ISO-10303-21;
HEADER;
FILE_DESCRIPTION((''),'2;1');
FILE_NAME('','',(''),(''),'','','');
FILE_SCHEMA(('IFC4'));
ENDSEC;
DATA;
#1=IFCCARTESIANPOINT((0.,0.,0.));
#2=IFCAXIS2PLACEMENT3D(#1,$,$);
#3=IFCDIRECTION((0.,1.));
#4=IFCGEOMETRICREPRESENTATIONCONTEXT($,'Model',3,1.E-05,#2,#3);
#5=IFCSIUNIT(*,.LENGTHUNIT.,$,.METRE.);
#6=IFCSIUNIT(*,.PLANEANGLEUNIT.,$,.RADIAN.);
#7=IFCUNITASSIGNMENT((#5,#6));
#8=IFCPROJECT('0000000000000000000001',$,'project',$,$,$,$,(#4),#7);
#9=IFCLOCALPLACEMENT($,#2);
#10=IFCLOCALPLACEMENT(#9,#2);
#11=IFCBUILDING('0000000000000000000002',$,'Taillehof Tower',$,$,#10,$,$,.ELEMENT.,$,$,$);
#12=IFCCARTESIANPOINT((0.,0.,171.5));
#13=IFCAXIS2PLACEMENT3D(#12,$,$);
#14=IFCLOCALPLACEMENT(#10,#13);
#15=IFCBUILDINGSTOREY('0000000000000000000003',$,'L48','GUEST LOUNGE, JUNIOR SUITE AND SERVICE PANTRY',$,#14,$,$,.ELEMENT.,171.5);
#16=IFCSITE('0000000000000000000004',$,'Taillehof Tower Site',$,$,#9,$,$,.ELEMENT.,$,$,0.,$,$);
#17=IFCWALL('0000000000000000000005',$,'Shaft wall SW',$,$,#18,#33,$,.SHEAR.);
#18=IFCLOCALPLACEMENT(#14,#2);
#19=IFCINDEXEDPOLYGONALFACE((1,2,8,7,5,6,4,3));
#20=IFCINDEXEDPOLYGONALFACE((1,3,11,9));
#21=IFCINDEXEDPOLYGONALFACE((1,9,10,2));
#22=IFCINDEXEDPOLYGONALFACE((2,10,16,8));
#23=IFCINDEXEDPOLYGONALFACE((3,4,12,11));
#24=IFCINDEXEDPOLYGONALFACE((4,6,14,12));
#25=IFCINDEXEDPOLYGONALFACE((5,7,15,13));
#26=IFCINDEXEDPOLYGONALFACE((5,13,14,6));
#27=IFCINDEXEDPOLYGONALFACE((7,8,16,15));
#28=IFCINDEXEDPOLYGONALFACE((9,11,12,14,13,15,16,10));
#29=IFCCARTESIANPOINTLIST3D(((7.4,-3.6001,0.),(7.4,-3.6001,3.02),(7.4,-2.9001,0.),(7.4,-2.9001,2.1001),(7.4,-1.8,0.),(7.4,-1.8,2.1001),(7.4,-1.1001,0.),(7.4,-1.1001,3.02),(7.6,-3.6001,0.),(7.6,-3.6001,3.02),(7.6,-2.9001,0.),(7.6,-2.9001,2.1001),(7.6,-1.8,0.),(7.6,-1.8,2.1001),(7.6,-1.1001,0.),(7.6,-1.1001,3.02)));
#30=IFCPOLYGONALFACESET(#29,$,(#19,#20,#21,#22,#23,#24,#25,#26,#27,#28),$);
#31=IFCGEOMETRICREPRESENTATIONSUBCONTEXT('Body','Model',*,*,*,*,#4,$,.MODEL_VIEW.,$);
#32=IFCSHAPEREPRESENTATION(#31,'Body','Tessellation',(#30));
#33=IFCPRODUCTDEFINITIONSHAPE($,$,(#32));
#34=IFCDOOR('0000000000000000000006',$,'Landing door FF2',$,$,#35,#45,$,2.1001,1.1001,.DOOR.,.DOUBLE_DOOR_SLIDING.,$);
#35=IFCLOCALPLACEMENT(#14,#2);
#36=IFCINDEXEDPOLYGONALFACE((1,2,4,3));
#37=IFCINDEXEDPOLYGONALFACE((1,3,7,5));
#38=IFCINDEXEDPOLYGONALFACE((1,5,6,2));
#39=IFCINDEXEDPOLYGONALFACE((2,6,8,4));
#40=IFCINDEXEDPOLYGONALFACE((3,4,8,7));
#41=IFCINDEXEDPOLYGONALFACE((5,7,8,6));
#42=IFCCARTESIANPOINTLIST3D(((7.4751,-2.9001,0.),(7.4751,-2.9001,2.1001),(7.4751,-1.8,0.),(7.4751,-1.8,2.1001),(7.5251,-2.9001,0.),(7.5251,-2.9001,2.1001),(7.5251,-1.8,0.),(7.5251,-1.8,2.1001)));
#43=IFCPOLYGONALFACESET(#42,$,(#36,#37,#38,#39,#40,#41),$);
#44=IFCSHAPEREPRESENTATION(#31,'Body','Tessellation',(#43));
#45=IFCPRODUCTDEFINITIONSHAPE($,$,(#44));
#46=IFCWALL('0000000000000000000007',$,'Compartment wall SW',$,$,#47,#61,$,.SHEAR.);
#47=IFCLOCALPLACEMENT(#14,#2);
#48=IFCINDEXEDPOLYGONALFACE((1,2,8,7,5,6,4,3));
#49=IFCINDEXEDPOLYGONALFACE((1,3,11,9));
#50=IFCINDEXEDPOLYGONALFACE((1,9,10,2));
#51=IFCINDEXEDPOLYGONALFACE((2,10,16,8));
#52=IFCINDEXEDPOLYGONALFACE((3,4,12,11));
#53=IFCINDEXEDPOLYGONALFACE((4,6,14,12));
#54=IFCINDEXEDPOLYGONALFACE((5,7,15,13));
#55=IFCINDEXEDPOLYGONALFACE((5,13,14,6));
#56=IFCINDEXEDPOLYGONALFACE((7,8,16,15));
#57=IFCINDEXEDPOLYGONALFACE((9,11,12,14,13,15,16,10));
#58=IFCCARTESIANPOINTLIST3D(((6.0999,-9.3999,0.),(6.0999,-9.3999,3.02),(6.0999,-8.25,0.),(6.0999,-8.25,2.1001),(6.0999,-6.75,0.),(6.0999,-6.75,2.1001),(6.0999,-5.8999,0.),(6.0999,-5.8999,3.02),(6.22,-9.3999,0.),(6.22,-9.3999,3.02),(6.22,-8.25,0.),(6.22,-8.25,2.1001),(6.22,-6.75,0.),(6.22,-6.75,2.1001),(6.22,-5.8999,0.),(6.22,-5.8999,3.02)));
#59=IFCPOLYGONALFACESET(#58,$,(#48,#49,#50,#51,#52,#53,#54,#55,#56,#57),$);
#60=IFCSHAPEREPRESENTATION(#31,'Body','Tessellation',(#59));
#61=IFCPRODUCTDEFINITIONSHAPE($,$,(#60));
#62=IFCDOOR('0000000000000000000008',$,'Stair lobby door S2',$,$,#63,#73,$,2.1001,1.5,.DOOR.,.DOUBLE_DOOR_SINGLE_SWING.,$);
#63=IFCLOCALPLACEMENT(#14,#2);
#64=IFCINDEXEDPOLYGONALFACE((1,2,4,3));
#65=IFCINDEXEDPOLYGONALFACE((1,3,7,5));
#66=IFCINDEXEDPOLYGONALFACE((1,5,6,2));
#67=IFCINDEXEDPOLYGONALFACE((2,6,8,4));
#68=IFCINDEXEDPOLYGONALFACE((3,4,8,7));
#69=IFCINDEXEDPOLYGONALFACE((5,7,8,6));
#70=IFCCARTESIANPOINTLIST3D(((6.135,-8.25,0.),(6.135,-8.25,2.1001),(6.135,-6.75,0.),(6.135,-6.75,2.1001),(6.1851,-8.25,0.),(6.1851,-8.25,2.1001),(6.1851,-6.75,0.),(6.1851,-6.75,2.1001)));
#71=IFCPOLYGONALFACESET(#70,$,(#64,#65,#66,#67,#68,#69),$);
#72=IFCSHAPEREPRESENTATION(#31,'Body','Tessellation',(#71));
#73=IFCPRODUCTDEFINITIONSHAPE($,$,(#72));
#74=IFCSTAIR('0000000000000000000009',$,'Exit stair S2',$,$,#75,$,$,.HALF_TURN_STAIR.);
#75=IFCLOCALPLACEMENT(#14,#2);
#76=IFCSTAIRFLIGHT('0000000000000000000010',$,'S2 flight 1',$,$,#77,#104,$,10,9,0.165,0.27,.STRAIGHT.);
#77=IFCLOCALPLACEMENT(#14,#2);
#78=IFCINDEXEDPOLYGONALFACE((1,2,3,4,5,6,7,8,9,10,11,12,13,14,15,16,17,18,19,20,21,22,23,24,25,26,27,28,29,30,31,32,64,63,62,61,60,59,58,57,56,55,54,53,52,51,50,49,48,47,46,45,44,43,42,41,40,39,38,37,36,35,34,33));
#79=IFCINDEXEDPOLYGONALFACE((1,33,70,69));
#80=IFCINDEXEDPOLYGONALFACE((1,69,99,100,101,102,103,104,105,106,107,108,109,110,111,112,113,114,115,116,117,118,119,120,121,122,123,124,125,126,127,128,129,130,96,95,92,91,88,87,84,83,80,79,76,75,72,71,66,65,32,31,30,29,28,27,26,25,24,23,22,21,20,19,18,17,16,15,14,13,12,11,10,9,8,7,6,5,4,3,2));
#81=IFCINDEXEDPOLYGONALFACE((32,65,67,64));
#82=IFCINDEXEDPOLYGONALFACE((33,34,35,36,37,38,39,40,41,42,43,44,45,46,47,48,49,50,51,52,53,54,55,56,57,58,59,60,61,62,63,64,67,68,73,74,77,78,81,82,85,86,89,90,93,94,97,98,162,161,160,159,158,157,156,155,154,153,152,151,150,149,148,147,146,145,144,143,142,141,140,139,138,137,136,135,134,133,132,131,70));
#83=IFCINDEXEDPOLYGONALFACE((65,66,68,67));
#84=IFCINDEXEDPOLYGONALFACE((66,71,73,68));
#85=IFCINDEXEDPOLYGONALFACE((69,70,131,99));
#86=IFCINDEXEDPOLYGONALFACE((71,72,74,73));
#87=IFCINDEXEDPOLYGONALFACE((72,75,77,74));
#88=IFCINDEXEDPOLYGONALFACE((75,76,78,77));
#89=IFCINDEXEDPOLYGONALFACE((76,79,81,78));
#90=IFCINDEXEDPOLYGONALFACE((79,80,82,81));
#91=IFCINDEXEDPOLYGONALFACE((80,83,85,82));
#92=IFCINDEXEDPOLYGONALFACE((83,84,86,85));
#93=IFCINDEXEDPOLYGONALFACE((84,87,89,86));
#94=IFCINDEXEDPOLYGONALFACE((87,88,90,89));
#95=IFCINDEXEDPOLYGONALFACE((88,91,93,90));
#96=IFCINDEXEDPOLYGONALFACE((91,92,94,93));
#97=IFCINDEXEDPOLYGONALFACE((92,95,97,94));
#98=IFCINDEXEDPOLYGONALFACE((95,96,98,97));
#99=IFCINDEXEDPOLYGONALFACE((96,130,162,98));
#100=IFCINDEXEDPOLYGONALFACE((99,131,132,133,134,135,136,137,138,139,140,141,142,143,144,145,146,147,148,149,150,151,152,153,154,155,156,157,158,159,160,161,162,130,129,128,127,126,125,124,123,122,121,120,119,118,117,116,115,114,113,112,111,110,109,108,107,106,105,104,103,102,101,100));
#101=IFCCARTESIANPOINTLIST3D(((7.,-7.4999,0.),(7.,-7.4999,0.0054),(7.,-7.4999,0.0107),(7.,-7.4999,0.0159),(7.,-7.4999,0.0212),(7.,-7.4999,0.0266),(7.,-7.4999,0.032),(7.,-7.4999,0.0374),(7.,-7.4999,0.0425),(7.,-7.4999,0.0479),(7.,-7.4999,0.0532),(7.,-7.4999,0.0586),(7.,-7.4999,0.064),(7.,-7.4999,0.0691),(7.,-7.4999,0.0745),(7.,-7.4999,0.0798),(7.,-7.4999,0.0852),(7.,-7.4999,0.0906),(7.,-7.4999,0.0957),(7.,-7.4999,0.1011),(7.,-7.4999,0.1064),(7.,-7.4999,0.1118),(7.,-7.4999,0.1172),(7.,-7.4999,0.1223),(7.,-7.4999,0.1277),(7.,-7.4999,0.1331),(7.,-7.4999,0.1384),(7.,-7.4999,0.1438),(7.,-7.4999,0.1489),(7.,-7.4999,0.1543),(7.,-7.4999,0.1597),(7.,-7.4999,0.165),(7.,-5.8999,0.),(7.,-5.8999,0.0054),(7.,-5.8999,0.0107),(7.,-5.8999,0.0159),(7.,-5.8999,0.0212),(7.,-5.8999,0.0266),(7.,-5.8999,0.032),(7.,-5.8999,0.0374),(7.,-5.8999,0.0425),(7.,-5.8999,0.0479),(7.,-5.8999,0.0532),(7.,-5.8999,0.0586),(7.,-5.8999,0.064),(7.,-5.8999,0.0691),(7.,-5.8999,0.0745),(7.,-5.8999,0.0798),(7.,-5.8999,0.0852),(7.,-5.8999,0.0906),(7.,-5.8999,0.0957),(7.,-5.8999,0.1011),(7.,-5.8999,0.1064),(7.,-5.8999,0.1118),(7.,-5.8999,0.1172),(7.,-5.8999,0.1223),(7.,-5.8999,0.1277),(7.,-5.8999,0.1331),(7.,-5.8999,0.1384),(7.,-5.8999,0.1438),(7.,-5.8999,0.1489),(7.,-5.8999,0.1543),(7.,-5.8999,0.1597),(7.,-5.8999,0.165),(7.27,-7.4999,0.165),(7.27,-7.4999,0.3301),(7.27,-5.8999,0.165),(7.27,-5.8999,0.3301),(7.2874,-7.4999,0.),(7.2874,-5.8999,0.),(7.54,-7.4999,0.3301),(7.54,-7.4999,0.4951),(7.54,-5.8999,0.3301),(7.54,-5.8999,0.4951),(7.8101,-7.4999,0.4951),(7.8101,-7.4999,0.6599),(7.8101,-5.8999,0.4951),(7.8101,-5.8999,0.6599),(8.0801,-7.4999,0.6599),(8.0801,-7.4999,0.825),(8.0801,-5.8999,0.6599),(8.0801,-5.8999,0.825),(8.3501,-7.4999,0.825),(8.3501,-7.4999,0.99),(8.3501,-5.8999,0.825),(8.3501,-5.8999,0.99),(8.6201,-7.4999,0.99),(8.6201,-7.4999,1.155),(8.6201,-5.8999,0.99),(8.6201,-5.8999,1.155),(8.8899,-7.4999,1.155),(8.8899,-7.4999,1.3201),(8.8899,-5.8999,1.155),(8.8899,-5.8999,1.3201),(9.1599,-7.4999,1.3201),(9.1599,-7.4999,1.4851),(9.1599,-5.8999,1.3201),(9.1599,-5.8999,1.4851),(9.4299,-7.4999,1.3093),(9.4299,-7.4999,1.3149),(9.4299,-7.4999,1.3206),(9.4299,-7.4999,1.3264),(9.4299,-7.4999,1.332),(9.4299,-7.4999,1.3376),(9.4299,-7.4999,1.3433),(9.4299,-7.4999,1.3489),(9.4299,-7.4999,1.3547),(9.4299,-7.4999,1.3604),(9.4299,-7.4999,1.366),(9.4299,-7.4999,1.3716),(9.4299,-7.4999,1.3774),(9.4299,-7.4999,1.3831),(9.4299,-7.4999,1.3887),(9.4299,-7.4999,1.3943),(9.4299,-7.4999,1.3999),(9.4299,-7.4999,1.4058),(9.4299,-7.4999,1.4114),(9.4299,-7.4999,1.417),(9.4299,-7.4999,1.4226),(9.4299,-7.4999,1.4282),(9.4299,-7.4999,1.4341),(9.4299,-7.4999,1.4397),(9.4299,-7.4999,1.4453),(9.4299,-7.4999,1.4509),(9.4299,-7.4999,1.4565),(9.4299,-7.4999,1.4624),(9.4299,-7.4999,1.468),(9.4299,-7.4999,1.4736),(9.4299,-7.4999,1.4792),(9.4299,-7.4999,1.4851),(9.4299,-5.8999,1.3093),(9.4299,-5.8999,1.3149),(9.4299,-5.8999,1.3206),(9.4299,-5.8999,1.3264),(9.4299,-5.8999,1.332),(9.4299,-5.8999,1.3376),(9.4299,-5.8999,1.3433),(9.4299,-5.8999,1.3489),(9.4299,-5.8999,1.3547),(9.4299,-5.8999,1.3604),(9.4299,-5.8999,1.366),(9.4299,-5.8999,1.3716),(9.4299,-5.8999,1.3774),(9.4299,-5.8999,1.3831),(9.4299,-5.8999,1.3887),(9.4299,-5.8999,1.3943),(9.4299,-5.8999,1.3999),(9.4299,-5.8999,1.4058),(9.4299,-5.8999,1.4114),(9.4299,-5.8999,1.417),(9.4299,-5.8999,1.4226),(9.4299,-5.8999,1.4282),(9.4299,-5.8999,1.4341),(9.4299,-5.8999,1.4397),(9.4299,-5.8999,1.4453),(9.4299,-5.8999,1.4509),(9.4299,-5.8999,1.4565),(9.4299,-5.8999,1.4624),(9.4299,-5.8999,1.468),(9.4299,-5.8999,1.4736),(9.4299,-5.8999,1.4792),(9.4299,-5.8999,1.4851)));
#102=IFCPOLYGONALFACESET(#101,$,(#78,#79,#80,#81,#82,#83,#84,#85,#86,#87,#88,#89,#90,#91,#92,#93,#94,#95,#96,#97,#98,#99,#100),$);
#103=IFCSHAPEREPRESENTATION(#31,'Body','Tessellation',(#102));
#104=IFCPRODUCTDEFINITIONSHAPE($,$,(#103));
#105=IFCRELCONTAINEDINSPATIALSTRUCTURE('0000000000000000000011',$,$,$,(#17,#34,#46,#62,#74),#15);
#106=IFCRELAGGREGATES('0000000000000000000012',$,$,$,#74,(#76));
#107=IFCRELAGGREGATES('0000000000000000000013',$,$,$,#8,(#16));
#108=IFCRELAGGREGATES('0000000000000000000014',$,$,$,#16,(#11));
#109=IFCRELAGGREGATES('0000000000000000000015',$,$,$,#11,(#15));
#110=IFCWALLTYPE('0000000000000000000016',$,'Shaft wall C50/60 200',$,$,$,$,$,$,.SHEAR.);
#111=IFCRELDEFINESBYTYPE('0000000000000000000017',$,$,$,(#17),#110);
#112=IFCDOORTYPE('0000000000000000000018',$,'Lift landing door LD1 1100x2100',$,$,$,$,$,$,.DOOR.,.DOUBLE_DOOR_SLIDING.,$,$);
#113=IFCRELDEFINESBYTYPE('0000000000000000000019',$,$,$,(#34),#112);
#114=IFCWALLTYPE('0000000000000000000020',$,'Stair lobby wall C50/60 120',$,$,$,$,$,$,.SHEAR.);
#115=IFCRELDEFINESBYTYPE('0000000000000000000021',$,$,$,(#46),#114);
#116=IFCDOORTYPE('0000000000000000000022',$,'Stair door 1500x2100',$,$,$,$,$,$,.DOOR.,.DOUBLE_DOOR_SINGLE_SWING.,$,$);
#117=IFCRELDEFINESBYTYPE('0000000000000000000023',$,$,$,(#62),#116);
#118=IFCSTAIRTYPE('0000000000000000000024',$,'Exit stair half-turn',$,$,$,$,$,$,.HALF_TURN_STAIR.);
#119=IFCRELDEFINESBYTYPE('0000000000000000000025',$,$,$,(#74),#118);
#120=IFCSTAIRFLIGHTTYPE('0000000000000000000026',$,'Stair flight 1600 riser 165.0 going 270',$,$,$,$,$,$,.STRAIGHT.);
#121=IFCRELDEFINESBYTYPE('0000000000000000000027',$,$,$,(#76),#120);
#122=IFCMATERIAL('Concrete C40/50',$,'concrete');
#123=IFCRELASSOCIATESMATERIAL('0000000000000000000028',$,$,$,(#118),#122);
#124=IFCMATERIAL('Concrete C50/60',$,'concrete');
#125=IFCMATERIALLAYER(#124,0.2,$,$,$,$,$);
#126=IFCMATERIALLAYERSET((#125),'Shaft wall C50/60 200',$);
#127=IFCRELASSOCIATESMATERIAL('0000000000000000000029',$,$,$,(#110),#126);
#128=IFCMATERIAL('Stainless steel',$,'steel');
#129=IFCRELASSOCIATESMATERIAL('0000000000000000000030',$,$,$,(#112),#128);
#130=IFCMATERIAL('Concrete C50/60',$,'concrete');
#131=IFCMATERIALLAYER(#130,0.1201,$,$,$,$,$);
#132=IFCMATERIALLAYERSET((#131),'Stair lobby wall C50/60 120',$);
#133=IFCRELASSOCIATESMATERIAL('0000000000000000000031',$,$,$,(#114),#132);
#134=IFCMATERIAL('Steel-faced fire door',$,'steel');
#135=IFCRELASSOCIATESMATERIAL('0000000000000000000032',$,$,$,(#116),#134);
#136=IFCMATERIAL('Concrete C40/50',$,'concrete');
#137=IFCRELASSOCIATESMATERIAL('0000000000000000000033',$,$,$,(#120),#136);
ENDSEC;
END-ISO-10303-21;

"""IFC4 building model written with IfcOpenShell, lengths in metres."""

from ifc_helpers import new_model, si_unit, direction, frame, frame_2d, origin, place, context, subcontext, project, spatial, polyline, rectangle, outline, extrude, material, layer, layer_set, type_object, element, fill, aggregate, save


model = new_model("IFC4")

# Units and contexts
model_context = context("Model", 3, precision=1e-05, world=origin(), true_north=direction((0.0, 1.0)))
body_context = subcontext(model_context, "Body", "Model", "MODEL_VIEW")
ifc_project = project(units=[si_unit("LENGTHUNIT", "METRE"), si_unit("PLANEANGLEUNIT", "RADIAN")], contexts=[model_context])

# Site, building, storey
site_placement = place(None, origin())
site = spatial("IfcSite", under=ifc_project, at=site_placement, Name="Taillehof Tower Site", CompositionType="ELEMENT", RefElevation=0.0)
building_placement = place(site_placement, origin())
building = spatial("IfcBuilding", under=site, at=building_placement, Name="Taillehof Tower", CompositionType="ELEMENT")
storey_placement = place(building_placement, frame((0.0, 0.0, 171.5)))
storey = spatial("IfcBuildingStorey", under=building, at=storey_placement, Name="L48", Description="GUEST LOUNGE, JUNIOR SUITE AND SERVICE PANTRY", CompositionType="ELEMENT", Elevation=171.5)

# Shared definitions
ifc_material_1 = material(Name="Concrete C40/50", Category="concrete")
stair_type = type_object("IfcStairType", Name="Exit stair half-turn", PredefinedType="HALF_TURN_STAIR", material=ifc_material_1)

# Shared definitions
ifc_material_2 = material(Name="Concrete C50/60", Category="concrete")
ifc_layer_1 = layer(ifc_material_2, 0.2)
ifc_layer_set_1 = layer_set([ifc_layer_1], Name="Shaft wall C50/60 200")
wall_type_1 = type_object("IfcWallType", Name="Shaft wall C50/60 200", PredefinedType="SHEAR", material=ifc_layer_set_1)

# Shared definitions
ifc_material_3 = material(Name="Stainless steel", Category="steel")
door_type_1 = type_object("IfcDoorType", Name="Lift landing door LD1 1100x2100", OperationType="DOUBLE_DOOR_SLIDING", PredefinedType="DOOR", material=ifc_material_3)

# Walls, openings, doors
wall_1_placement = place(storey_placement, frame((7.5, -3.6001, 0.0), z_axis=(0.0, 0.0, 1.0), x_axis=(0.0, 1.0, 0.0)))
wall_1 = element("IfcWall", 1, at=wall_1_placement, inside=storey, type_object=wall_type_1, Name="Shaft wall SW", PredefinedType="SHEAR", context=body_context, shape_type="SweptSolid", body=[
    extrude(rectangle(XDim=2.5, YDim=0.2, at=frame_2d((1.25, 0.0))), origin(), (0.0, 0.0, 1.0), 3.02),
])
opening_1_placement = place(wall_1_placement, frame((0.7, 0.0, 0.0)))
opening_1 = element("IfcOpeningElement", 2, at=opening_1_placement, cuts=wall_1, PredefinedType="OPENING", context=body_context, shape_type="SweptSolid", body=[
    extrude(rectangle(XDim=1.1001, YDim=2.1001, at=frame_2d((0.55, 1.05))), frame((0.0, 0.1099, 0.0), z_axis=(0.0, -1.0, 0.0), x_axis=(1.0, 0.0, 0.0)), (0.0, 0.0, 1.0), 0.22),
])
door_1_placement = place(opening_1_placement, origin())
door_1 = element("IfcDoor", 3, at=door_1_placement, inside=storey, type_object=door_type_1, Name="Landing door FF2", OperationType="DOUBLE_DOOR_SLIDING", OverallHeight=2.1001, OverallWidth=1.1001, PredefinedType="DOOR", context=body_context, shape_type="SweptSolid", body=[
    extrude(rectangle(XDim=1.1001, YDim=2.1001, at=frame_2d((0.55, 1.05))), frame((0.0, 0.0249, 0.0), z_axis=(0.0, -1.0, 0.0), x_axis=(1.0, 0.0, 0.0)), (0.0, 0.0, 1.0), 0.05),
])
fill(opening_1, door_1)
ifc_material_4 = material(Name="Concrete C50/60", Category="concrete")
ifc_layer_2 = layer(ifc_material_4, 0.1201)
ifc_layer_set_2 = layer_set([ifc_layer_2], Name="Stair lobby wall C50/60 120")
wall_type_2 = type_object("IfcWallType", Name="Stair lobby wall C50/60 120", PredefinedType="SHEAR", material=ifc_layer_set_2)
wall_2_placement = place(storey_placement, frame((6.1599, -9.3999, 0.0), z_axis=(0.0, 0.0, 1.0), x_axis=(0.0, 1.0, 0.0)))
wall_2 = element("IfcWall", 4, at=wall_2_placement, inside=storey, type_object=wall_type_2, Name="Compartment wall SW", PredefinedType="SHEAR", context=body_context, shape_type="SweptSolid", body=[
    extrude(rectangle(XDim=3.5, YDim=0.1201, at=frame_2d((1.75, 0.0))), origin(), (0.0, 0.0, 1.0), 3.02),
])
opening_2_placement = place(wall_2_placement, frame((1.1499, 0.0, 0.0)))
opening_2 = element("IfcOpeningElement", 5, at=opening_2_placement, cuts=wall_2, PredefinedType="OPENING", context=body_context, shape_type="SweptSolid", body=[
    extrude(rectangle(XDim=1.5, YDim=2.1001, at=frame_2d((0.75, 1.05))), frame((0.0, 0.0701, 0.0), z_axis=(0.0, -1.0, 0.0), x_axis=(1.0, 0.0, 0.0)), (0.0, 0.0, 1.0), 0.1401),
])
ifc_material_5 = material(Name="Steel-faced fire door", Category="steel")
door_type_2 = type_object("IfcDoorType", Name="Stair door 1500x2100", OperationType="DOUBLE_DOOR_SINGLE_SWING", PredefinedType="DOOR", material=ifc_material_5)
door_2_placement = place(opening_2_placement, origin())
door_2 = element("IfcDoor", 6, at=door_2_placement, inside=storey, type_object=door_type_2, Name="Stair lobby door S2", OperationType="DOUBLE_DOOR_SINGLE_SWING", OverallHeight=2.1001, OverallWidth=1.5, PredefinedType="DOOR", context=body_context, shape_type="SweptSolid", body=[
    extrude(rectangle(XDim=1.5, YDim=2.1001, at=frame_2d((0.75, 1.05))), frame((0.0, 0.0249, 0.0), z_axis=(0.0, -1.0, 0.0), x_axis=(1.0, 0.0, 0.0)), (0.0, 0.0, 1.0), 0.05),
])
fill(opening_2, door_2)

# Stair, stair flight
stair_1_placement = place(storey_placement, origin())
stair_1 = element("IfcStair", 7, at=stair_1_placement, inside=storey, type_object=stair_type, Name="Exit stair S2", PredefinedType="HALF_TURN_STAIR")
ifc_material_6 = material(Name="Concrete C40/50", Category="concrete")
stair_flight_type = type_object("IfcStairFlightType", Name="Stair flight 1600 riser 165.0 going 270", PredefinedType="STRAIGHT", material=ifc_material_6)
stair_flight_placement = place(storey_placement, frame((7.0, -6.7, 0.0), z_axis=(0.0, 0.0, 1.0), x_axis=(1.0, 0.0, 0.0)))
stair_flight = element("IfcStairFlight", 8, at=stair_flight_placement, type_object=stair_flight_type, Name="S2 flight 1", NumberOfRisers=10, NumberOfTreads=9, PredefinedType="STRAIGHT", RiserHeight=0.165, TreadLength=0.27, context=body_context, shape_type="SweptSolid", body=[
    extrude(outline(polyline([(0.0, 0.0), (0.0, 0.0054), (0.0, 0.0107), (0.0, 0.0159), (0.0, 0.0212), (0.0, 0.0266), (0.0, 0.032), (0.0, 0.0374), (0.0, 0.0425), (0.0, 0.0479), (0.0, 0.0532), (0.0, 0.0586), (0.0, 0.064), (0.0, 0.0691), (0.0, 0.0745), (0.0, 0.0798), (0.0, 0.0852), (0.0, 0.0906), (0.0, 0.0957), (0.0, 0.1011), (0.0, 0.1064), (0.0, 0.1118), (0.0, 0.1172), (0.0, 0.1223), (0.0, 0.1277), (0.0, 0.1331), (0.0, 0.1384), (0.0, 0.1438), (0.0, 0.1489), (0.0, 0.1543), (0.0, 0.1597), (0.0, 0.165), (0.27, 0.165), (0.27, 0.3301), (0.54, 0.3301), (0.54, 0.4951), (0.8101, 0.4951), (0.8101, 0.6599), (1.0801, 0.6599), (1.0801, 0.825), (1.3501, 0.825), (1.3501, 0.99), (1.6201, 0.99), (1.6201, 1.155), (1.8899, 1.155), (1.8899, 1.3201), (2.1599, 1.3201), (2.1599, 1.4851), (2.4299, 1.4851), (2.4299, 1.4792), (2.4299, 1.4736), (2.4299, 1.468), (2.4299, 1.4624), (2.4299, 1.4565), (2.4299, 1.4509), (2.4299, 1.4453), (2.4299, 1.4397), (2.4299, 1.4341), (2.4299, 1.4282), (2.4299, 1.4226), (2.4299, 1.417), (2.4299, 1.4114), (2.4299, 1.4058), (2.4299, 1.3999), (2.4299, 1.3943), (2.4299, 1.3887), (2.4299, 1.3831), (2.4299, 1.3774), (2.4299, 1.3716), (2.4299, 1.366), (2.4299, 1.3604), (2.4299, 1.3547), (2.4299, 1.3489), (2.4299, 1.3433), (2.4299, 1.3376), (2.4299, 1.332), (2.4299, 1.3264), (2.4299, 1.3206), (2.4299, 1.3149), (2.4299, 1.3093), (0.2874, 0.0), (0.0, 0.0)])), frame((0.0, 0.8, 0.0), z_axis=(0.0, -1.0, 0.0), x_axis=(1.0, 0.0, 0.0)), (0.0, 0.0, 1.0), 1.6),
])
aggregate(stair_1, [stair_flight])

save(model, "model.ifc")
